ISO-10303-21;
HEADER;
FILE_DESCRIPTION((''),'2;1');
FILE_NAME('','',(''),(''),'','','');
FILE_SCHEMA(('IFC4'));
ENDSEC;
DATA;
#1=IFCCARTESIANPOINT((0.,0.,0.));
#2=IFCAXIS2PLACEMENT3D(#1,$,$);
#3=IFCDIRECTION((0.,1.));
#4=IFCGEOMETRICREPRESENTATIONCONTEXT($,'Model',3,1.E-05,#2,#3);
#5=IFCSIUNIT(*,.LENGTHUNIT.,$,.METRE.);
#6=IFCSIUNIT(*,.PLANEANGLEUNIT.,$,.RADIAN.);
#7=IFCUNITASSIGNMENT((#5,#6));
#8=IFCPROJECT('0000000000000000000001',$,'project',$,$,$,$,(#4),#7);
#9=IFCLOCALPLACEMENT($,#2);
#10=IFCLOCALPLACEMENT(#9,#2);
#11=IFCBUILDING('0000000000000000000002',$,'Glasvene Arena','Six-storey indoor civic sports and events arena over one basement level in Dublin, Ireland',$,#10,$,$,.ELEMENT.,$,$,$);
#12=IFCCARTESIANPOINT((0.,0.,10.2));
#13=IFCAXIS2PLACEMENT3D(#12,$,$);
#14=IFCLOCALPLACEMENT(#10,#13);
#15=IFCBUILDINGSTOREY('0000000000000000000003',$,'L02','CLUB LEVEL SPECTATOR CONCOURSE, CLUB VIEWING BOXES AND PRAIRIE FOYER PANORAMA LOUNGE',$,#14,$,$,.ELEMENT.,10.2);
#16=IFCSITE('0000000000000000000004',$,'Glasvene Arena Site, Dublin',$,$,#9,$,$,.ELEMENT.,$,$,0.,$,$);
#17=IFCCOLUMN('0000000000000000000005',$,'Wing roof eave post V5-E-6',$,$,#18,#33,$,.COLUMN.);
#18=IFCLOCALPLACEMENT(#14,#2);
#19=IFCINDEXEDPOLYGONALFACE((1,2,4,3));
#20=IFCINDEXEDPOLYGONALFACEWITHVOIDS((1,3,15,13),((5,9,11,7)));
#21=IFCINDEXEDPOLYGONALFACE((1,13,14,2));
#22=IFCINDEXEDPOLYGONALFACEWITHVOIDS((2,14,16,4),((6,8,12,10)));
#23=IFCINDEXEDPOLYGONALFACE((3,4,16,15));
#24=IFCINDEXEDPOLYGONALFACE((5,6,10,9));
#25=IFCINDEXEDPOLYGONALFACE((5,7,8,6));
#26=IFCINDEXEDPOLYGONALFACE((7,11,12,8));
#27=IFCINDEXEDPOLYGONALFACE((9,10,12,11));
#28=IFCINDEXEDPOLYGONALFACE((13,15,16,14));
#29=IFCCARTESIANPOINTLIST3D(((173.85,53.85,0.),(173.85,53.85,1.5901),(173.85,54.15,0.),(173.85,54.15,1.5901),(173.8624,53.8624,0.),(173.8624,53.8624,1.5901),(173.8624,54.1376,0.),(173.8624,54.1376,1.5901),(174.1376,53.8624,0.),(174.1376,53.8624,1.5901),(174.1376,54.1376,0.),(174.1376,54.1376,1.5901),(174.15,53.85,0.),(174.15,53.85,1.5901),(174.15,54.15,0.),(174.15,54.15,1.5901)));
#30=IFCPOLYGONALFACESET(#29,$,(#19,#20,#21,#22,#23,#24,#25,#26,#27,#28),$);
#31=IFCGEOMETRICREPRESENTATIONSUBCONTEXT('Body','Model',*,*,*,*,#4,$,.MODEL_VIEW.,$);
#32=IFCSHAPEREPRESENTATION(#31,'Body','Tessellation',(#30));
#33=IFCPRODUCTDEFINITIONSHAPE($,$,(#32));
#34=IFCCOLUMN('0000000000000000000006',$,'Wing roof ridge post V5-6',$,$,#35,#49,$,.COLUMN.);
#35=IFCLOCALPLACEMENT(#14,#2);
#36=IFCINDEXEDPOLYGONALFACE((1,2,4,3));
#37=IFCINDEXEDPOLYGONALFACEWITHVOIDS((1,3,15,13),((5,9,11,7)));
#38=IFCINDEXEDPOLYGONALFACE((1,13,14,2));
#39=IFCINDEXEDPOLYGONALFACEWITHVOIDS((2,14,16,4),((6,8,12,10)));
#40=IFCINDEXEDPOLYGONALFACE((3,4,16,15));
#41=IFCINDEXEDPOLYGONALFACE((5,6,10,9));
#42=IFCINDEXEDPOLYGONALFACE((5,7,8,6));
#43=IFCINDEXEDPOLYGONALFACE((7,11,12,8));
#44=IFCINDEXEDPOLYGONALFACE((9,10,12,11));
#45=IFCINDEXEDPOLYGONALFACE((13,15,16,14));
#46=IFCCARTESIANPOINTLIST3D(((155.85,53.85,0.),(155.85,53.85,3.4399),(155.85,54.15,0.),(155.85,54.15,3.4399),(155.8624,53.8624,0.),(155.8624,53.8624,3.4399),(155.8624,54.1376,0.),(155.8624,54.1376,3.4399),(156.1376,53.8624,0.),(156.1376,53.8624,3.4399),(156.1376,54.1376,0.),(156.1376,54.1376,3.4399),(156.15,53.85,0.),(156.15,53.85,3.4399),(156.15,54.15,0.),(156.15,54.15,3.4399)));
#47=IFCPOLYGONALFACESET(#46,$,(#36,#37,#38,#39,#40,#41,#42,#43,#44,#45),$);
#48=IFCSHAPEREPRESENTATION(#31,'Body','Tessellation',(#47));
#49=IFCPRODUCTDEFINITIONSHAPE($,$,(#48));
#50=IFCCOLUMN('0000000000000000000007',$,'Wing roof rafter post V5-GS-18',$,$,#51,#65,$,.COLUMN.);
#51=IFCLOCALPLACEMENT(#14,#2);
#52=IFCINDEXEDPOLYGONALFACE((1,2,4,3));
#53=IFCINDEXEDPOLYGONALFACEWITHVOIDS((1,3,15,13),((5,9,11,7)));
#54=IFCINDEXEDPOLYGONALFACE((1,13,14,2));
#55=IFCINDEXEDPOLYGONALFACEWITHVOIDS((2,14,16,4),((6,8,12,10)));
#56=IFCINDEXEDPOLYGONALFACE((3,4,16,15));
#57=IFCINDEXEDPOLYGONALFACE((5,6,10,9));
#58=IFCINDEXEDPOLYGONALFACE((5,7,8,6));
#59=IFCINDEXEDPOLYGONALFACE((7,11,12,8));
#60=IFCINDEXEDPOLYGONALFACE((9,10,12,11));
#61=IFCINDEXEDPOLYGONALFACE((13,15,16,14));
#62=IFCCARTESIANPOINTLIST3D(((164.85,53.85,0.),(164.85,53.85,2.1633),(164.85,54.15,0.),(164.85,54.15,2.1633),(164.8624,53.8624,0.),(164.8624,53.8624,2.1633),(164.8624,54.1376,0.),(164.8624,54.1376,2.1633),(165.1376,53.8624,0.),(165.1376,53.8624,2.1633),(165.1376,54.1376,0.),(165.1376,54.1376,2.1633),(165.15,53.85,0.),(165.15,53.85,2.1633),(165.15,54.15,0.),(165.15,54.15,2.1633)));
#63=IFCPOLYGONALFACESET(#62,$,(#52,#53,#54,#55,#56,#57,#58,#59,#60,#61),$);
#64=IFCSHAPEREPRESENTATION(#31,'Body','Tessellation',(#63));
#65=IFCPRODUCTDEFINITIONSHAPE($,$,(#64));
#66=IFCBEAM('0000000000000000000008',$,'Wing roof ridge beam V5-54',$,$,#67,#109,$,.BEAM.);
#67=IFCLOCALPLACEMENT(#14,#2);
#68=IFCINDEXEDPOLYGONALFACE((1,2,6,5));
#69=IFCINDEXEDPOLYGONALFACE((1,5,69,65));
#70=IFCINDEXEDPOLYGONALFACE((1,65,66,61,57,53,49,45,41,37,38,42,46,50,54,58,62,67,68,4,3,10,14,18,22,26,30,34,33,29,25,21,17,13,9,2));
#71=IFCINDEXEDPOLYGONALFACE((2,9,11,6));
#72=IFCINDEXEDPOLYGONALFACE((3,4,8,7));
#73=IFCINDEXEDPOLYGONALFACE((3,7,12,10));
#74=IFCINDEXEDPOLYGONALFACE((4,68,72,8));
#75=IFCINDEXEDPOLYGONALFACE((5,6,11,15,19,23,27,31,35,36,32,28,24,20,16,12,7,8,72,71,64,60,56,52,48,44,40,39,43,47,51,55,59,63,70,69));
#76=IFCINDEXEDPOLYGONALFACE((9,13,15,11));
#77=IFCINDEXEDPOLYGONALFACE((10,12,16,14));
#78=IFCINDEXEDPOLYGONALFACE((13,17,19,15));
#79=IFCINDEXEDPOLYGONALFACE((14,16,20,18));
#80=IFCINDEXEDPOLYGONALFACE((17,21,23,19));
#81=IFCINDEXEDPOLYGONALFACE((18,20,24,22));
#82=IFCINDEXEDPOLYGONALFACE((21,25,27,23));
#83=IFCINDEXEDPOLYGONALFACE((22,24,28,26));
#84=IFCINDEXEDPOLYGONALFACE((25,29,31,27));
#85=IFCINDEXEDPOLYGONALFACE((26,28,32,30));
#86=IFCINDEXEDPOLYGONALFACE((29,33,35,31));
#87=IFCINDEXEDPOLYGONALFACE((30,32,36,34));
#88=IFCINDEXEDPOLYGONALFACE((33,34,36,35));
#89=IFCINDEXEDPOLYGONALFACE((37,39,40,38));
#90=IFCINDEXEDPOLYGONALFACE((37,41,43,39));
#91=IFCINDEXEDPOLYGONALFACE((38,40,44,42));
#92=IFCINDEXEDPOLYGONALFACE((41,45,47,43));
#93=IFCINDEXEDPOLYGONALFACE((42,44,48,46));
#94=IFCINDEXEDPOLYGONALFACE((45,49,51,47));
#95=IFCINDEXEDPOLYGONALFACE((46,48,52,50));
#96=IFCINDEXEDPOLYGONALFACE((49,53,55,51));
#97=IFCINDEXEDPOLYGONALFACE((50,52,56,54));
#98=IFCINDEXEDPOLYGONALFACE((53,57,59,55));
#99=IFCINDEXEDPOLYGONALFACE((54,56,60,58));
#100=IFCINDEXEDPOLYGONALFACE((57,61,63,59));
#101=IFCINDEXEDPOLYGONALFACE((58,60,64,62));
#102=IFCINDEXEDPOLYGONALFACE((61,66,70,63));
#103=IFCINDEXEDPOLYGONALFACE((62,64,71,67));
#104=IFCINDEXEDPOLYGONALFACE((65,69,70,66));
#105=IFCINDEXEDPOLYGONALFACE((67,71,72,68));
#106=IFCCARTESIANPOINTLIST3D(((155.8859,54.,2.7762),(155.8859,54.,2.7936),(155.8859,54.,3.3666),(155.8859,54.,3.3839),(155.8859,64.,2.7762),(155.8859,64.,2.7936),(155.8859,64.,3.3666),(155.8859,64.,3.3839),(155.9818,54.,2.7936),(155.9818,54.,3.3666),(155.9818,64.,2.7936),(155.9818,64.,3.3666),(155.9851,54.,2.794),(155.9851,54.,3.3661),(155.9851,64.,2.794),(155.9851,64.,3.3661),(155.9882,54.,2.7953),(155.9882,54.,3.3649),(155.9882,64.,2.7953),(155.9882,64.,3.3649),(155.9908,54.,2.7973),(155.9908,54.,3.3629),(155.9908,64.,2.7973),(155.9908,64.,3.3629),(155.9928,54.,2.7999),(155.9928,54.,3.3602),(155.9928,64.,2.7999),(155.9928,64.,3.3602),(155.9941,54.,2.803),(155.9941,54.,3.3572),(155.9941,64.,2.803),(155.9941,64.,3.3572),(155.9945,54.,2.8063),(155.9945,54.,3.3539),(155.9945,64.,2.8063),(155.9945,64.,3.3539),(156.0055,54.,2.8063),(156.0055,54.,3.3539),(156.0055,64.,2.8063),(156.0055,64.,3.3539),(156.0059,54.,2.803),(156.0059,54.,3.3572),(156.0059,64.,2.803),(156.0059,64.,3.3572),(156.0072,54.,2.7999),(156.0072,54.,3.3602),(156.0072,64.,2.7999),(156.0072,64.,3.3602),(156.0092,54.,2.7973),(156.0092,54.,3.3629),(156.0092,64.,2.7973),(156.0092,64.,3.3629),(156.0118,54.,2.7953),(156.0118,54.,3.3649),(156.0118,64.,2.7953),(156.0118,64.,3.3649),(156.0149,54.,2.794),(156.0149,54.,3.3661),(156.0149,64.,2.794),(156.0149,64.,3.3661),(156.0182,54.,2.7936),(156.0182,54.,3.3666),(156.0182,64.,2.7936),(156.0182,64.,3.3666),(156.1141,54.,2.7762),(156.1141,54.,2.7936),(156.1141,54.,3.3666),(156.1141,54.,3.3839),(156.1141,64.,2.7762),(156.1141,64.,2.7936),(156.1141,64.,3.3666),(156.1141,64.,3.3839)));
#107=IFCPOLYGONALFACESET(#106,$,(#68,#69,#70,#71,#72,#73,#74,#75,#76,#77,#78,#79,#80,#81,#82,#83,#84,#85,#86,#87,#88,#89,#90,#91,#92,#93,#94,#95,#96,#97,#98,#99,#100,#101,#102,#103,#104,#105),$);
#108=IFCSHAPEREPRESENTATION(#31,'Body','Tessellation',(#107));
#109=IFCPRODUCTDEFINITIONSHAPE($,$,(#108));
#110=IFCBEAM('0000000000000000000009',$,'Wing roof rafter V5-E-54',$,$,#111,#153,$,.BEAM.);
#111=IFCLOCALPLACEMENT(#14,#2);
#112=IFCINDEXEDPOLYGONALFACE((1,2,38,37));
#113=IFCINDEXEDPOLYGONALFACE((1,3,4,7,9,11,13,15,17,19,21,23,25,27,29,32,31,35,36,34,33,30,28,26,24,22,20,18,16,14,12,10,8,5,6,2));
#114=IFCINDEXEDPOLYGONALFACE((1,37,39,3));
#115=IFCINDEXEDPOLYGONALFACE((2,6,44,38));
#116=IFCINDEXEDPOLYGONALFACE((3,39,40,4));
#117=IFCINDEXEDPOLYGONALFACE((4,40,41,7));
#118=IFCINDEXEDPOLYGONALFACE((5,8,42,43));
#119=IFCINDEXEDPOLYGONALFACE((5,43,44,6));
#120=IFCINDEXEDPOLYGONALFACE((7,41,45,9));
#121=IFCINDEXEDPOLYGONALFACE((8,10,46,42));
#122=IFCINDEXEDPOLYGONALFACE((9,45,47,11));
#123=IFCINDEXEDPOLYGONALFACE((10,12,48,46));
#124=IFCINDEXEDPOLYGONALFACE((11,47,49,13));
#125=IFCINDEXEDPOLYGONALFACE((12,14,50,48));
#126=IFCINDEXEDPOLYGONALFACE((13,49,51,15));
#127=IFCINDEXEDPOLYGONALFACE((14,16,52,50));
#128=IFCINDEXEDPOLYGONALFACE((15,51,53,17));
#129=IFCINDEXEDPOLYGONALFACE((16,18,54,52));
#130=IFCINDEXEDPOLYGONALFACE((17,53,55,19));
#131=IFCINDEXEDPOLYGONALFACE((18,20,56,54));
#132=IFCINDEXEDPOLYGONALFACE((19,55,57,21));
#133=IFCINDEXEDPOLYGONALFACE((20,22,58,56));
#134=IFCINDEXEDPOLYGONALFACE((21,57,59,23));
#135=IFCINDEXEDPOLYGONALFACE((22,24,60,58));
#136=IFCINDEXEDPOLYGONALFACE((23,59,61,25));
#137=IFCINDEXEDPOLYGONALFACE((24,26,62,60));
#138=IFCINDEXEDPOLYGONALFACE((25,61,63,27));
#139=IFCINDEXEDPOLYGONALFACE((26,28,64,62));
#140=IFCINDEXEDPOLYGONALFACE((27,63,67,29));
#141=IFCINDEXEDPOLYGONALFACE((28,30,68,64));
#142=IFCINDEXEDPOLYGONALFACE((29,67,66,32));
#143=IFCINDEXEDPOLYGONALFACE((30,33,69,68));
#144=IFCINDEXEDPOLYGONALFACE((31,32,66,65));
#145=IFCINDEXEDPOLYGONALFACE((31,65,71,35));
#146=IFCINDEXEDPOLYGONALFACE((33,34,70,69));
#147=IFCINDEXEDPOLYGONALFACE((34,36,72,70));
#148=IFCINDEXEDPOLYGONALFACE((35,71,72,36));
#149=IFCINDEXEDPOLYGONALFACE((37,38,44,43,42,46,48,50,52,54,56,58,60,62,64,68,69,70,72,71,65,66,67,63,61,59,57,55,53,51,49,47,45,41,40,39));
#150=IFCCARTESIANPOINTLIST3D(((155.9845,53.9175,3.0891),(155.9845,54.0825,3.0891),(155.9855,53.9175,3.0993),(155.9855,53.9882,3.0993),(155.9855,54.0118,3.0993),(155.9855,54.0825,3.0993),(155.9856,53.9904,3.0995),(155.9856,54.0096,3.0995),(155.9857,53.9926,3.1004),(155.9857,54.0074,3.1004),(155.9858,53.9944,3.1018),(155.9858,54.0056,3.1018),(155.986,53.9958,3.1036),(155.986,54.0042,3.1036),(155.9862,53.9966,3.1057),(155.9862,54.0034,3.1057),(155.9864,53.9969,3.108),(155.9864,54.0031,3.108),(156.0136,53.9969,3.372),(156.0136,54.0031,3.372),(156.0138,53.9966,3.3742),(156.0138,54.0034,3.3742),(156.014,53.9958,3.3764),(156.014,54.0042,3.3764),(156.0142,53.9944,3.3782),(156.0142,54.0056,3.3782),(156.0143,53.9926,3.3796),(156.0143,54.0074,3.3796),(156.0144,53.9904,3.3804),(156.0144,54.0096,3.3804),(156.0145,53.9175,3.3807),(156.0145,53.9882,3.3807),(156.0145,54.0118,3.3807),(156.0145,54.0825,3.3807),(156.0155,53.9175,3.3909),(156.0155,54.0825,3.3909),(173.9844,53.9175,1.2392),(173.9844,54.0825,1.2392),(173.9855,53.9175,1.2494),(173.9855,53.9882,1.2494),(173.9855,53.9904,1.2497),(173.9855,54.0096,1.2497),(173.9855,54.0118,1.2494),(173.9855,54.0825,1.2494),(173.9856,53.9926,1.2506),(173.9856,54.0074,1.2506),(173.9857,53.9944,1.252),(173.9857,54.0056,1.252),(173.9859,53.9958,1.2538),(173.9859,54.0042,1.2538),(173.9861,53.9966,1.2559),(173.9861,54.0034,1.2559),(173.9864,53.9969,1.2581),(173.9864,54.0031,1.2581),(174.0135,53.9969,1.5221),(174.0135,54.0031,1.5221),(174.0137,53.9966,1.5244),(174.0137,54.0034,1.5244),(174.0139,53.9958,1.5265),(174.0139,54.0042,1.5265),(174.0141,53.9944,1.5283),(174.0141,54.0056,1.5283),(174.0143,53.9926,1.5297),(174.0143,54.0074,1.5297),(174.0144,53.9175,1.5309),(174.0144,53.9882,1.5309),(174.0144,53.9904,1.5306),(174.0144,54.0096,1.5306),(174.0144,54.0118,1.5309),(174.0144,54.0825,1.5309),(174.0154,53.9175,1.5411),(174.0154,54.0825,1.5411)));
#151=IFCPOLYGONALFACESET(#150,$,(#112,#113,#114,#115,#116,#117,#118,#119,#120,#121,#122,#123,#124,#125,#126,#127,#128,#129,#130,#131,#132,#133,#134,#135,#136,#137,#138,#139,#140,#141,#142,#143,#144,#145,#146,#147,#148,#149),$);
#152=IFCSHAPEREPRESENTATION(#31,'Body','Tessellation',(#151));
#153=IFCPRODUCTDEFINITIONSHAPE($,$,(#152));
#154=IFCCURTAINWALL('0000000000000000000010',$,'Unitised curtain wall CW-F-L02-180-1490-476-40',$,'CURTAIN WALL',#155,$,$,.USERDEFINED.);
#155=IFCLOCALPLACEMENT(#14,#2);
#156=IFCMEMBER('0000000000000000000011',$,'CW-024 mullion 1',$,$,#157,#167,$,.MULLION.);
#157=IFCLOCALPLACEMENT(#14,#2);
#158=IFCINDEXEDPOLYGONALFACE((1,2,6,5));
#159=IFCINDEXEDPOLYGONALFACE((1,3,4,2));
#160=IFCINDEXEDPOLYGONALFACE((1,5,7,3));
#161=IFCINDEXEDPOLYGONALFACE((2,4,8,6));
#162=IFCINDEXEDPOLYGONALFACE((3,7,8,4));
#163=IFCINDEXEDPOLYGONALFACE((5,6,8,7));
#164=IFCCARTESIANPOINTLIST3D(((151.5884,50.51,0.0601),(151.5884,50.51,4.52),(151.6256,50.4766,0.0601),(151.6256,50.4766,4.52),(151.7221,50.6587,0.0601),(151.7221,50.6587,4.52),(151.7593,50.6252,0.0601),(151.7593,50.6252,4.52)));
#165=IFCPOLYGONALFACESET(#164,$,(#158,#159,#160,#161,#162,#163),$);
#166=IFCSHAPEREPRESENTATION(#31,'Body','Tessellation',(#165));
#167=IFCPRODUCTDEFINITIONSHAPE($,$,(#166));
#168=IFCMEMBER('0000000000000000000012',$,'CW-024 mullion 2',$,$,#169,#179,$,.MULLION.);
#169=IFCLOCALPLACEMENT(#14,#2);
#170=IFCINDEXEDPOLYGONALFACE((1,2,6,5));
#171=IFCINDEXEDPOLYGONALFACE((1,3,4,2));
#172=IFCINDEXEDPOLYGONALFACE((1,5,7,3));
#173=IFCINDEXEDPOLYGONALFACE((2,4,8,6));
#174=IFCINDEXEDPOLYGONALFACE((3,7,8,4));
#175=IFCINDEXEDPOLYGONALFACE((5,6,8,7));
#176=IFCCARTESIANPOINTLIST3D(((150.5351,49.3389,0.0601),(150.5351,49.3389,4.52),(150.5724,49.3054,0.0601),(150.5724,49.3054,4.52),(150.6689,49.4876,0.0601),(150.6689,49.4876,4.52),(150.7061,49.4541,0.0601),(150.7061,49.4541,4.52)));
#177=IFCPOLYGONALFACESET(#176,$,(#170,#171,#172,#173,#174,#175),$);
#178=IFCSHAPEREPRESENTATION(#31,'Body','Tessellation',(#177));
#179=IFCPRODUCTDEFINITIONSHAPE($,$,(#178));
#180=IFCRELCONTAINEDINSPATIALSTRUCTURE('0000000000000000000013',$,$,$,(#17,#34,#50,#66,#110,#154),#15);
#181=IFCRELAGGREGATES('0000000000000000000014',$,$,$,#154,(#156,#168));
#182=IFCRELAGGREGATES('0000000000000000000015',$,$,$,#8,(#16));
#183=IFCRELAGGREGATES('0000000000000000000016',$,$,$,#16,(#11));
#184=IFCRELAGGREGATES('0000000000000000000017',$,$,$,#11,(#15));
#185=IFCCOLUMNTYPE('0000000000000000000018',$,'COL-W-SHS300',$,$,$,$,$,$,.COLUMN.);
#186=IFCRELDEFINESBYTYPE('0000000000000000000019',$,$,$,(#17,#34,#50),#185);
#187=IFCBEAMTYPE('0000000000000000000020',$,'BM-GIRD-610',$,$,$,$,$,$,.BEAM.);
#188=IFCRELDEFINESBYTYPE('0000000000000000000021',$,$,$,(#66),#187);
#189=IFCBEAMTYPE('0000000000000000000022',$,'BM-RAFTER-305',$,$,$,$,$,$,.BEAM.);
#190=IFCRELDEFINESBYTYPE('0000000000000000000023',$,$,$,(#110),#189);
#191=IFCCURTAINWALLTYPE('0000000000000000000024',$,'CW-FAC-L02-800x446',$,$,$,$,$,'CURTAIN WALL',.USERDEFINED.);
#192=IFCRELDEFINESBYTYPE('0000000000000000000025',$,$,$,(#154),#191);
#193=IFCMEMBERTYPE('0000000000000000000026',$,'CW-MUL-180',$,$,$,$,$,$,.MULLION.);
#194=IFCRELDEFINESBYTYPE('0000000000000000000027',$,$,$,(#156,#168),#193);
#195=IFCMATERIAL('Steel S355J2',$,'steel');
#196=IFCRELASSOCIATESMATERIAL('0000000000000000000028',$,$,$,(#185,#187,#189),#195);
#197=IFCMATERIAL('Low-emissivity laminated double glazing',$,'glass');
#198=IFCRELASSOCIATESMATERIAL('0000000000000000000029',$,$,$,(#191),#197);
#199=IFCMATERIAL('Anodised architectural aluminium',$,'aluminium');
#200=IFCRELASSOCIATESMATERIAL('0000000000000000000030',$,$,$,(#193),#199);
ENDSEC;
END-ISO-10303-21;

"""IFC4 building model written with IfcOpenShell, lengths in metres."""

from ifc_helpers import new_model, si_unit, direction, frame, origin, origin_2d, place, context, subcontext, project, spatial, rectangle, hollow_rectangle, i_section, extrude, material, material_profile, profile_set, type_object, element, aggregate, save


model = new_model("IFC4")

# Units and contexts
model_context = context("Model", 3, precision=1e-05, world=origin(), true_north=direction((0.0, 1.0)))
body_context = subcontext(model_context, "Body", "Model", "MODEL_VIEW")
ifc_project = project(units=[si_unit("LENGTHUNIT", "METRE"), si_unit("PLANEANGLEUNIT", "RADIAN")], contexts=[model_context])

# Site, building, storey
site_placement = place(None, origin())
site = spatial("IfcSite", under=ifc_project, at=site_placement, Name="Glasvene Arena Site, Dublin", CompositionType="ELEMENT", RefElevation=0.0)
building_placement = place(site_placement, origin())
building = spatial("IfcBuilding", under=site, at=building_placement, Name="Glasvene Arena", Description="Six-storey indoor civic sports and events arena over one basement level in Dublin, Ireland", CompositionType="ELEMENT")
storey_placement = place(building_placement, frame((0.0, 0.0, 10.2)))
storey = spatial("IfcBuildingStorey", under=building, at=storey_placement, Name="L02", Description="CLUB LEVEL SPECTATOR CONCOURSE, CLUB VIEWING BOXES AND PRAIRIE FOYER PANORAMA LOUNGE", CompositionType="ELEMENT", Elevation=10.2)

# Columns
ifc_material_1 = material(Name="Steel S355J2", Category="steel")
ifc_material_profile_1 = material_profile(ifc_material_1, hollow_rectangle(XDim=0.3, YDim=0.3, WallThickness=0.0125, at=origin_2d()), Name="SHS 300x300x12.5")
ifc_profile_set_1 = profile_set([ifc_material_profile_1], Name="Steel S355J2")
column_type = type_object("IfcColumnType", Name="COL-W-SHS300", PredefinedType="COLUMN", material=ifc_profile_set_1)
column_1_placement = place(storey_placement, frame((174.0, 54.0, 0.0), z_axis=(0.0, 0.0, 1.0), x_axis=(1.0, 0.0, 0.0)))
element("IfcColumn", 1, at=column_1_placement, inside=storey, type_object=column_type, Name="Wing roof eave post V5-E-6", PredefinedType="COLUMN", context=body_context, shape_type="SweptSolid", body=[
    extrude(hollow_rectangle(XDim=0.3, YDim=0.3, WallThickness=0.0125, at=origin_2d()), origin(), (0.0, 0.0, 1.0), 1.5901),
])
column_2_placement = place(storey_placement, frame((156.0, 54.0, 0.0), z_axis=(0.0, 0.0, 1.0), x_axis=(1.0, 0.0, 0.0)))
element("IfcColumn", 2, at=column_2_placement, inside=storey, type_object=column_type, Name="Wing roof ridge post V5-6", PredefinedType="COLUMN", context=body_context, shape_type="SweptSolid", body=[
    extrude(hollow_rectangle(XDim=0.3, YDim=0.3, WallThickness=0.0125, at=origin_2d()), origin(), (0.0, 0.0, 1.0), 3.4399),
])
column_3_placement = place(storey_placement, frame((165.0, 54.0, 0.0), z_axis=(0.0, 0.0, 1.0), x_axis=(1.0, 0.0, 0.0)))
element("IfcColumn", 3, at=column_3_placement, inside=storey, type_object=column_type, Name="Wing roof rafter post V5-GS-18", PredefinedType="COLUMN", context=body_context, shape_type="SweptSolid", body=[
    extrude(hollow_rectangle(XDim=0.3, YDim=0.3, WallThickness=0.0125, at=origin_2d()), origin(), (0.0, 0.0, 1.0), 2.1633),
])

# Beams
ifc_material_profile_2 = material_profile(ifc_material_1, i_section(OverallWidth=0.2283, OverallDepth=0.6077, WebThickness=0.011, FlangeThickness=0.0173, FilletRadius=0.0127, at=origin_2d()), Name="UKB 610x229x113")
ifc_profile_set_2 = profile_set([ifc_material_profile_2], Name="Steel S355J2")
beam_type_1 = type_object("IfcBeamType", Name="BM-GIRD-610", PredefinedType="BEAM", material=ifc_profile_set_2)
beam_1_placement = place(storey_placement, frame((156.0, 54.0, 3.0801), z_axis=(0.0, 1.0, 0.0), x_axis=(-1.0, 0.0, 0.0)))
element("IfcBeam", 4, at=beam_1_placement, inside=storey, type_object=beam_type_1, Name="Wing roof ridge beam V5-54", PredefinedType="BEAM", context=body_context, shape_type="SweptSolid", body=[
    extrude(i_section(OverallWidth=0.2283, OverallDepth=0.6077, WebThickness=0.011, FlangeThickness=0.0173, FilletRadius=0.0127, at=origin_2d()), origin(), (0.0, 0.0, 1.0), 10.0),
])
ifc_material_profile_3 = material_profile(ifc_material_1, i_section(OverallWidth=0.165, OverallDepth=0.3035, WebThickness=0.0061, FlangeThickness=0.0103, FilletRadius=0.0088, at=origin_2d()), Name="UKB 305x165x40")
ifc_profile_set_3 = profile_set([ifc_material_profile_3], Name="Steel S355J2")
beam_type_2 = type_object("IfcBeamType", Name="BM-RAFTER-305", PredefinedType="BEAM", material=ifc_profile_set_3)
beam_2_placement = place(storey_placement, frame((156.0, 54.0, 3.24), z_axis=(0.994761, 0.0, -0.102231), x_axis=(0.0, 1.0, 0.0)))
element("IfcBeam", 5, at=beam_2_placement, inside=storey, type_object=beam_type_2, Name="Wing roof rafter V5-E-54", PredefinedType="BEAM", context=body_context, shape_type="SweptSolid", body=[
    extrude(i_section(OverallWidth=0.165, OverallDepth=0.3035, WebThickness=0.0061, FlangeThickness=0.0103, FilletRadius=0.0088, at=origin_2d()), origin(), (0.0, 0.0, 1.0), 18.0947),
])

# Curtain wall, members
ifc_material_2 = material(Name="Low-emissivity laminated double glazing", Category="glass")
curtain_wall_type = type_object("IfcCurtainWallType", Name="CW-FAC-L02-800x446", ElementType="CURTAIN WALL", PredefinedType="USERDEFINED", material=ifc_material_2)
curtain_wall_placement = place(storey_placement, frame((151.6907, 50.5862, 0.0)))
curtain_wall = element("IfcCurtainWall", 6, at=curtain_wall_placement, inside=storey, type_object=curtain_wall_type, Name="Unitised curtain wall CW-F-L02-180-1490-476-40", ObjectType="CURTAIN WALL", PredefinedType="USERDEFINED")
ifc_material_3 = material(Name="Anodised architectural aluminium", Category="aluminium")
ifc_material_profile_4 = material_profile(ifc_material_3, rectangle(XDim=0.05, YDim=0.2, at=origin_2d()), Name="ALU MULLION 50x200")
ifc_profile_set_4 = profile_set([ifc_material_profile_4], Name="Anodised architectural aluminium")
member_type_1 = type_object("IfcMemberType", Name="CW-MUL-180", PredefinedType="MULLION", material=ifc_profile_set_4)
member_1_placement = place(storey_placement, frame((151.6738, 50.5676, 0.0601), z_axis=(0.0, 0.0, 1.0), x_axis=(0.743512, -0.668723, 0.0)))
member_1 = element("IfcMember", 7, at=member_1_placement, type_object=member_type_1, Name="CW-024 mullion 1", PredefinedType="MULLION", context=body_context, shape_type="SweptSolid", body=[
    extrude(rectangle(XDim=0.05, YDim=0.2, at=origin_2d()), origin(), (0.0, 0.0, 1.0), 4.46),
])
member_2_placement = place(storey_placement, frame((150.6206, 49.3965, 0.0601), z_axis=(0.0, 0.0, 1.0), x_axis=(0.743512, -0.668723, 0.0)))
member_2 = element("IfcMember", 8, at=member_2_placement, type_object=member_type_1, Name="CW-024 mullion 2", PredefinedType="MULLION", context=body_context, shape_type="SweptSolid", body=[
    extrude(rectangle(XDim=0.05, YDim=0.2, at=origin_2d()), origin(), (0.0, 0.0, 1.0), 4.46),
])
aggregate(curtain_wall, [member_1, member_2])

save(model, "model.ifc")
